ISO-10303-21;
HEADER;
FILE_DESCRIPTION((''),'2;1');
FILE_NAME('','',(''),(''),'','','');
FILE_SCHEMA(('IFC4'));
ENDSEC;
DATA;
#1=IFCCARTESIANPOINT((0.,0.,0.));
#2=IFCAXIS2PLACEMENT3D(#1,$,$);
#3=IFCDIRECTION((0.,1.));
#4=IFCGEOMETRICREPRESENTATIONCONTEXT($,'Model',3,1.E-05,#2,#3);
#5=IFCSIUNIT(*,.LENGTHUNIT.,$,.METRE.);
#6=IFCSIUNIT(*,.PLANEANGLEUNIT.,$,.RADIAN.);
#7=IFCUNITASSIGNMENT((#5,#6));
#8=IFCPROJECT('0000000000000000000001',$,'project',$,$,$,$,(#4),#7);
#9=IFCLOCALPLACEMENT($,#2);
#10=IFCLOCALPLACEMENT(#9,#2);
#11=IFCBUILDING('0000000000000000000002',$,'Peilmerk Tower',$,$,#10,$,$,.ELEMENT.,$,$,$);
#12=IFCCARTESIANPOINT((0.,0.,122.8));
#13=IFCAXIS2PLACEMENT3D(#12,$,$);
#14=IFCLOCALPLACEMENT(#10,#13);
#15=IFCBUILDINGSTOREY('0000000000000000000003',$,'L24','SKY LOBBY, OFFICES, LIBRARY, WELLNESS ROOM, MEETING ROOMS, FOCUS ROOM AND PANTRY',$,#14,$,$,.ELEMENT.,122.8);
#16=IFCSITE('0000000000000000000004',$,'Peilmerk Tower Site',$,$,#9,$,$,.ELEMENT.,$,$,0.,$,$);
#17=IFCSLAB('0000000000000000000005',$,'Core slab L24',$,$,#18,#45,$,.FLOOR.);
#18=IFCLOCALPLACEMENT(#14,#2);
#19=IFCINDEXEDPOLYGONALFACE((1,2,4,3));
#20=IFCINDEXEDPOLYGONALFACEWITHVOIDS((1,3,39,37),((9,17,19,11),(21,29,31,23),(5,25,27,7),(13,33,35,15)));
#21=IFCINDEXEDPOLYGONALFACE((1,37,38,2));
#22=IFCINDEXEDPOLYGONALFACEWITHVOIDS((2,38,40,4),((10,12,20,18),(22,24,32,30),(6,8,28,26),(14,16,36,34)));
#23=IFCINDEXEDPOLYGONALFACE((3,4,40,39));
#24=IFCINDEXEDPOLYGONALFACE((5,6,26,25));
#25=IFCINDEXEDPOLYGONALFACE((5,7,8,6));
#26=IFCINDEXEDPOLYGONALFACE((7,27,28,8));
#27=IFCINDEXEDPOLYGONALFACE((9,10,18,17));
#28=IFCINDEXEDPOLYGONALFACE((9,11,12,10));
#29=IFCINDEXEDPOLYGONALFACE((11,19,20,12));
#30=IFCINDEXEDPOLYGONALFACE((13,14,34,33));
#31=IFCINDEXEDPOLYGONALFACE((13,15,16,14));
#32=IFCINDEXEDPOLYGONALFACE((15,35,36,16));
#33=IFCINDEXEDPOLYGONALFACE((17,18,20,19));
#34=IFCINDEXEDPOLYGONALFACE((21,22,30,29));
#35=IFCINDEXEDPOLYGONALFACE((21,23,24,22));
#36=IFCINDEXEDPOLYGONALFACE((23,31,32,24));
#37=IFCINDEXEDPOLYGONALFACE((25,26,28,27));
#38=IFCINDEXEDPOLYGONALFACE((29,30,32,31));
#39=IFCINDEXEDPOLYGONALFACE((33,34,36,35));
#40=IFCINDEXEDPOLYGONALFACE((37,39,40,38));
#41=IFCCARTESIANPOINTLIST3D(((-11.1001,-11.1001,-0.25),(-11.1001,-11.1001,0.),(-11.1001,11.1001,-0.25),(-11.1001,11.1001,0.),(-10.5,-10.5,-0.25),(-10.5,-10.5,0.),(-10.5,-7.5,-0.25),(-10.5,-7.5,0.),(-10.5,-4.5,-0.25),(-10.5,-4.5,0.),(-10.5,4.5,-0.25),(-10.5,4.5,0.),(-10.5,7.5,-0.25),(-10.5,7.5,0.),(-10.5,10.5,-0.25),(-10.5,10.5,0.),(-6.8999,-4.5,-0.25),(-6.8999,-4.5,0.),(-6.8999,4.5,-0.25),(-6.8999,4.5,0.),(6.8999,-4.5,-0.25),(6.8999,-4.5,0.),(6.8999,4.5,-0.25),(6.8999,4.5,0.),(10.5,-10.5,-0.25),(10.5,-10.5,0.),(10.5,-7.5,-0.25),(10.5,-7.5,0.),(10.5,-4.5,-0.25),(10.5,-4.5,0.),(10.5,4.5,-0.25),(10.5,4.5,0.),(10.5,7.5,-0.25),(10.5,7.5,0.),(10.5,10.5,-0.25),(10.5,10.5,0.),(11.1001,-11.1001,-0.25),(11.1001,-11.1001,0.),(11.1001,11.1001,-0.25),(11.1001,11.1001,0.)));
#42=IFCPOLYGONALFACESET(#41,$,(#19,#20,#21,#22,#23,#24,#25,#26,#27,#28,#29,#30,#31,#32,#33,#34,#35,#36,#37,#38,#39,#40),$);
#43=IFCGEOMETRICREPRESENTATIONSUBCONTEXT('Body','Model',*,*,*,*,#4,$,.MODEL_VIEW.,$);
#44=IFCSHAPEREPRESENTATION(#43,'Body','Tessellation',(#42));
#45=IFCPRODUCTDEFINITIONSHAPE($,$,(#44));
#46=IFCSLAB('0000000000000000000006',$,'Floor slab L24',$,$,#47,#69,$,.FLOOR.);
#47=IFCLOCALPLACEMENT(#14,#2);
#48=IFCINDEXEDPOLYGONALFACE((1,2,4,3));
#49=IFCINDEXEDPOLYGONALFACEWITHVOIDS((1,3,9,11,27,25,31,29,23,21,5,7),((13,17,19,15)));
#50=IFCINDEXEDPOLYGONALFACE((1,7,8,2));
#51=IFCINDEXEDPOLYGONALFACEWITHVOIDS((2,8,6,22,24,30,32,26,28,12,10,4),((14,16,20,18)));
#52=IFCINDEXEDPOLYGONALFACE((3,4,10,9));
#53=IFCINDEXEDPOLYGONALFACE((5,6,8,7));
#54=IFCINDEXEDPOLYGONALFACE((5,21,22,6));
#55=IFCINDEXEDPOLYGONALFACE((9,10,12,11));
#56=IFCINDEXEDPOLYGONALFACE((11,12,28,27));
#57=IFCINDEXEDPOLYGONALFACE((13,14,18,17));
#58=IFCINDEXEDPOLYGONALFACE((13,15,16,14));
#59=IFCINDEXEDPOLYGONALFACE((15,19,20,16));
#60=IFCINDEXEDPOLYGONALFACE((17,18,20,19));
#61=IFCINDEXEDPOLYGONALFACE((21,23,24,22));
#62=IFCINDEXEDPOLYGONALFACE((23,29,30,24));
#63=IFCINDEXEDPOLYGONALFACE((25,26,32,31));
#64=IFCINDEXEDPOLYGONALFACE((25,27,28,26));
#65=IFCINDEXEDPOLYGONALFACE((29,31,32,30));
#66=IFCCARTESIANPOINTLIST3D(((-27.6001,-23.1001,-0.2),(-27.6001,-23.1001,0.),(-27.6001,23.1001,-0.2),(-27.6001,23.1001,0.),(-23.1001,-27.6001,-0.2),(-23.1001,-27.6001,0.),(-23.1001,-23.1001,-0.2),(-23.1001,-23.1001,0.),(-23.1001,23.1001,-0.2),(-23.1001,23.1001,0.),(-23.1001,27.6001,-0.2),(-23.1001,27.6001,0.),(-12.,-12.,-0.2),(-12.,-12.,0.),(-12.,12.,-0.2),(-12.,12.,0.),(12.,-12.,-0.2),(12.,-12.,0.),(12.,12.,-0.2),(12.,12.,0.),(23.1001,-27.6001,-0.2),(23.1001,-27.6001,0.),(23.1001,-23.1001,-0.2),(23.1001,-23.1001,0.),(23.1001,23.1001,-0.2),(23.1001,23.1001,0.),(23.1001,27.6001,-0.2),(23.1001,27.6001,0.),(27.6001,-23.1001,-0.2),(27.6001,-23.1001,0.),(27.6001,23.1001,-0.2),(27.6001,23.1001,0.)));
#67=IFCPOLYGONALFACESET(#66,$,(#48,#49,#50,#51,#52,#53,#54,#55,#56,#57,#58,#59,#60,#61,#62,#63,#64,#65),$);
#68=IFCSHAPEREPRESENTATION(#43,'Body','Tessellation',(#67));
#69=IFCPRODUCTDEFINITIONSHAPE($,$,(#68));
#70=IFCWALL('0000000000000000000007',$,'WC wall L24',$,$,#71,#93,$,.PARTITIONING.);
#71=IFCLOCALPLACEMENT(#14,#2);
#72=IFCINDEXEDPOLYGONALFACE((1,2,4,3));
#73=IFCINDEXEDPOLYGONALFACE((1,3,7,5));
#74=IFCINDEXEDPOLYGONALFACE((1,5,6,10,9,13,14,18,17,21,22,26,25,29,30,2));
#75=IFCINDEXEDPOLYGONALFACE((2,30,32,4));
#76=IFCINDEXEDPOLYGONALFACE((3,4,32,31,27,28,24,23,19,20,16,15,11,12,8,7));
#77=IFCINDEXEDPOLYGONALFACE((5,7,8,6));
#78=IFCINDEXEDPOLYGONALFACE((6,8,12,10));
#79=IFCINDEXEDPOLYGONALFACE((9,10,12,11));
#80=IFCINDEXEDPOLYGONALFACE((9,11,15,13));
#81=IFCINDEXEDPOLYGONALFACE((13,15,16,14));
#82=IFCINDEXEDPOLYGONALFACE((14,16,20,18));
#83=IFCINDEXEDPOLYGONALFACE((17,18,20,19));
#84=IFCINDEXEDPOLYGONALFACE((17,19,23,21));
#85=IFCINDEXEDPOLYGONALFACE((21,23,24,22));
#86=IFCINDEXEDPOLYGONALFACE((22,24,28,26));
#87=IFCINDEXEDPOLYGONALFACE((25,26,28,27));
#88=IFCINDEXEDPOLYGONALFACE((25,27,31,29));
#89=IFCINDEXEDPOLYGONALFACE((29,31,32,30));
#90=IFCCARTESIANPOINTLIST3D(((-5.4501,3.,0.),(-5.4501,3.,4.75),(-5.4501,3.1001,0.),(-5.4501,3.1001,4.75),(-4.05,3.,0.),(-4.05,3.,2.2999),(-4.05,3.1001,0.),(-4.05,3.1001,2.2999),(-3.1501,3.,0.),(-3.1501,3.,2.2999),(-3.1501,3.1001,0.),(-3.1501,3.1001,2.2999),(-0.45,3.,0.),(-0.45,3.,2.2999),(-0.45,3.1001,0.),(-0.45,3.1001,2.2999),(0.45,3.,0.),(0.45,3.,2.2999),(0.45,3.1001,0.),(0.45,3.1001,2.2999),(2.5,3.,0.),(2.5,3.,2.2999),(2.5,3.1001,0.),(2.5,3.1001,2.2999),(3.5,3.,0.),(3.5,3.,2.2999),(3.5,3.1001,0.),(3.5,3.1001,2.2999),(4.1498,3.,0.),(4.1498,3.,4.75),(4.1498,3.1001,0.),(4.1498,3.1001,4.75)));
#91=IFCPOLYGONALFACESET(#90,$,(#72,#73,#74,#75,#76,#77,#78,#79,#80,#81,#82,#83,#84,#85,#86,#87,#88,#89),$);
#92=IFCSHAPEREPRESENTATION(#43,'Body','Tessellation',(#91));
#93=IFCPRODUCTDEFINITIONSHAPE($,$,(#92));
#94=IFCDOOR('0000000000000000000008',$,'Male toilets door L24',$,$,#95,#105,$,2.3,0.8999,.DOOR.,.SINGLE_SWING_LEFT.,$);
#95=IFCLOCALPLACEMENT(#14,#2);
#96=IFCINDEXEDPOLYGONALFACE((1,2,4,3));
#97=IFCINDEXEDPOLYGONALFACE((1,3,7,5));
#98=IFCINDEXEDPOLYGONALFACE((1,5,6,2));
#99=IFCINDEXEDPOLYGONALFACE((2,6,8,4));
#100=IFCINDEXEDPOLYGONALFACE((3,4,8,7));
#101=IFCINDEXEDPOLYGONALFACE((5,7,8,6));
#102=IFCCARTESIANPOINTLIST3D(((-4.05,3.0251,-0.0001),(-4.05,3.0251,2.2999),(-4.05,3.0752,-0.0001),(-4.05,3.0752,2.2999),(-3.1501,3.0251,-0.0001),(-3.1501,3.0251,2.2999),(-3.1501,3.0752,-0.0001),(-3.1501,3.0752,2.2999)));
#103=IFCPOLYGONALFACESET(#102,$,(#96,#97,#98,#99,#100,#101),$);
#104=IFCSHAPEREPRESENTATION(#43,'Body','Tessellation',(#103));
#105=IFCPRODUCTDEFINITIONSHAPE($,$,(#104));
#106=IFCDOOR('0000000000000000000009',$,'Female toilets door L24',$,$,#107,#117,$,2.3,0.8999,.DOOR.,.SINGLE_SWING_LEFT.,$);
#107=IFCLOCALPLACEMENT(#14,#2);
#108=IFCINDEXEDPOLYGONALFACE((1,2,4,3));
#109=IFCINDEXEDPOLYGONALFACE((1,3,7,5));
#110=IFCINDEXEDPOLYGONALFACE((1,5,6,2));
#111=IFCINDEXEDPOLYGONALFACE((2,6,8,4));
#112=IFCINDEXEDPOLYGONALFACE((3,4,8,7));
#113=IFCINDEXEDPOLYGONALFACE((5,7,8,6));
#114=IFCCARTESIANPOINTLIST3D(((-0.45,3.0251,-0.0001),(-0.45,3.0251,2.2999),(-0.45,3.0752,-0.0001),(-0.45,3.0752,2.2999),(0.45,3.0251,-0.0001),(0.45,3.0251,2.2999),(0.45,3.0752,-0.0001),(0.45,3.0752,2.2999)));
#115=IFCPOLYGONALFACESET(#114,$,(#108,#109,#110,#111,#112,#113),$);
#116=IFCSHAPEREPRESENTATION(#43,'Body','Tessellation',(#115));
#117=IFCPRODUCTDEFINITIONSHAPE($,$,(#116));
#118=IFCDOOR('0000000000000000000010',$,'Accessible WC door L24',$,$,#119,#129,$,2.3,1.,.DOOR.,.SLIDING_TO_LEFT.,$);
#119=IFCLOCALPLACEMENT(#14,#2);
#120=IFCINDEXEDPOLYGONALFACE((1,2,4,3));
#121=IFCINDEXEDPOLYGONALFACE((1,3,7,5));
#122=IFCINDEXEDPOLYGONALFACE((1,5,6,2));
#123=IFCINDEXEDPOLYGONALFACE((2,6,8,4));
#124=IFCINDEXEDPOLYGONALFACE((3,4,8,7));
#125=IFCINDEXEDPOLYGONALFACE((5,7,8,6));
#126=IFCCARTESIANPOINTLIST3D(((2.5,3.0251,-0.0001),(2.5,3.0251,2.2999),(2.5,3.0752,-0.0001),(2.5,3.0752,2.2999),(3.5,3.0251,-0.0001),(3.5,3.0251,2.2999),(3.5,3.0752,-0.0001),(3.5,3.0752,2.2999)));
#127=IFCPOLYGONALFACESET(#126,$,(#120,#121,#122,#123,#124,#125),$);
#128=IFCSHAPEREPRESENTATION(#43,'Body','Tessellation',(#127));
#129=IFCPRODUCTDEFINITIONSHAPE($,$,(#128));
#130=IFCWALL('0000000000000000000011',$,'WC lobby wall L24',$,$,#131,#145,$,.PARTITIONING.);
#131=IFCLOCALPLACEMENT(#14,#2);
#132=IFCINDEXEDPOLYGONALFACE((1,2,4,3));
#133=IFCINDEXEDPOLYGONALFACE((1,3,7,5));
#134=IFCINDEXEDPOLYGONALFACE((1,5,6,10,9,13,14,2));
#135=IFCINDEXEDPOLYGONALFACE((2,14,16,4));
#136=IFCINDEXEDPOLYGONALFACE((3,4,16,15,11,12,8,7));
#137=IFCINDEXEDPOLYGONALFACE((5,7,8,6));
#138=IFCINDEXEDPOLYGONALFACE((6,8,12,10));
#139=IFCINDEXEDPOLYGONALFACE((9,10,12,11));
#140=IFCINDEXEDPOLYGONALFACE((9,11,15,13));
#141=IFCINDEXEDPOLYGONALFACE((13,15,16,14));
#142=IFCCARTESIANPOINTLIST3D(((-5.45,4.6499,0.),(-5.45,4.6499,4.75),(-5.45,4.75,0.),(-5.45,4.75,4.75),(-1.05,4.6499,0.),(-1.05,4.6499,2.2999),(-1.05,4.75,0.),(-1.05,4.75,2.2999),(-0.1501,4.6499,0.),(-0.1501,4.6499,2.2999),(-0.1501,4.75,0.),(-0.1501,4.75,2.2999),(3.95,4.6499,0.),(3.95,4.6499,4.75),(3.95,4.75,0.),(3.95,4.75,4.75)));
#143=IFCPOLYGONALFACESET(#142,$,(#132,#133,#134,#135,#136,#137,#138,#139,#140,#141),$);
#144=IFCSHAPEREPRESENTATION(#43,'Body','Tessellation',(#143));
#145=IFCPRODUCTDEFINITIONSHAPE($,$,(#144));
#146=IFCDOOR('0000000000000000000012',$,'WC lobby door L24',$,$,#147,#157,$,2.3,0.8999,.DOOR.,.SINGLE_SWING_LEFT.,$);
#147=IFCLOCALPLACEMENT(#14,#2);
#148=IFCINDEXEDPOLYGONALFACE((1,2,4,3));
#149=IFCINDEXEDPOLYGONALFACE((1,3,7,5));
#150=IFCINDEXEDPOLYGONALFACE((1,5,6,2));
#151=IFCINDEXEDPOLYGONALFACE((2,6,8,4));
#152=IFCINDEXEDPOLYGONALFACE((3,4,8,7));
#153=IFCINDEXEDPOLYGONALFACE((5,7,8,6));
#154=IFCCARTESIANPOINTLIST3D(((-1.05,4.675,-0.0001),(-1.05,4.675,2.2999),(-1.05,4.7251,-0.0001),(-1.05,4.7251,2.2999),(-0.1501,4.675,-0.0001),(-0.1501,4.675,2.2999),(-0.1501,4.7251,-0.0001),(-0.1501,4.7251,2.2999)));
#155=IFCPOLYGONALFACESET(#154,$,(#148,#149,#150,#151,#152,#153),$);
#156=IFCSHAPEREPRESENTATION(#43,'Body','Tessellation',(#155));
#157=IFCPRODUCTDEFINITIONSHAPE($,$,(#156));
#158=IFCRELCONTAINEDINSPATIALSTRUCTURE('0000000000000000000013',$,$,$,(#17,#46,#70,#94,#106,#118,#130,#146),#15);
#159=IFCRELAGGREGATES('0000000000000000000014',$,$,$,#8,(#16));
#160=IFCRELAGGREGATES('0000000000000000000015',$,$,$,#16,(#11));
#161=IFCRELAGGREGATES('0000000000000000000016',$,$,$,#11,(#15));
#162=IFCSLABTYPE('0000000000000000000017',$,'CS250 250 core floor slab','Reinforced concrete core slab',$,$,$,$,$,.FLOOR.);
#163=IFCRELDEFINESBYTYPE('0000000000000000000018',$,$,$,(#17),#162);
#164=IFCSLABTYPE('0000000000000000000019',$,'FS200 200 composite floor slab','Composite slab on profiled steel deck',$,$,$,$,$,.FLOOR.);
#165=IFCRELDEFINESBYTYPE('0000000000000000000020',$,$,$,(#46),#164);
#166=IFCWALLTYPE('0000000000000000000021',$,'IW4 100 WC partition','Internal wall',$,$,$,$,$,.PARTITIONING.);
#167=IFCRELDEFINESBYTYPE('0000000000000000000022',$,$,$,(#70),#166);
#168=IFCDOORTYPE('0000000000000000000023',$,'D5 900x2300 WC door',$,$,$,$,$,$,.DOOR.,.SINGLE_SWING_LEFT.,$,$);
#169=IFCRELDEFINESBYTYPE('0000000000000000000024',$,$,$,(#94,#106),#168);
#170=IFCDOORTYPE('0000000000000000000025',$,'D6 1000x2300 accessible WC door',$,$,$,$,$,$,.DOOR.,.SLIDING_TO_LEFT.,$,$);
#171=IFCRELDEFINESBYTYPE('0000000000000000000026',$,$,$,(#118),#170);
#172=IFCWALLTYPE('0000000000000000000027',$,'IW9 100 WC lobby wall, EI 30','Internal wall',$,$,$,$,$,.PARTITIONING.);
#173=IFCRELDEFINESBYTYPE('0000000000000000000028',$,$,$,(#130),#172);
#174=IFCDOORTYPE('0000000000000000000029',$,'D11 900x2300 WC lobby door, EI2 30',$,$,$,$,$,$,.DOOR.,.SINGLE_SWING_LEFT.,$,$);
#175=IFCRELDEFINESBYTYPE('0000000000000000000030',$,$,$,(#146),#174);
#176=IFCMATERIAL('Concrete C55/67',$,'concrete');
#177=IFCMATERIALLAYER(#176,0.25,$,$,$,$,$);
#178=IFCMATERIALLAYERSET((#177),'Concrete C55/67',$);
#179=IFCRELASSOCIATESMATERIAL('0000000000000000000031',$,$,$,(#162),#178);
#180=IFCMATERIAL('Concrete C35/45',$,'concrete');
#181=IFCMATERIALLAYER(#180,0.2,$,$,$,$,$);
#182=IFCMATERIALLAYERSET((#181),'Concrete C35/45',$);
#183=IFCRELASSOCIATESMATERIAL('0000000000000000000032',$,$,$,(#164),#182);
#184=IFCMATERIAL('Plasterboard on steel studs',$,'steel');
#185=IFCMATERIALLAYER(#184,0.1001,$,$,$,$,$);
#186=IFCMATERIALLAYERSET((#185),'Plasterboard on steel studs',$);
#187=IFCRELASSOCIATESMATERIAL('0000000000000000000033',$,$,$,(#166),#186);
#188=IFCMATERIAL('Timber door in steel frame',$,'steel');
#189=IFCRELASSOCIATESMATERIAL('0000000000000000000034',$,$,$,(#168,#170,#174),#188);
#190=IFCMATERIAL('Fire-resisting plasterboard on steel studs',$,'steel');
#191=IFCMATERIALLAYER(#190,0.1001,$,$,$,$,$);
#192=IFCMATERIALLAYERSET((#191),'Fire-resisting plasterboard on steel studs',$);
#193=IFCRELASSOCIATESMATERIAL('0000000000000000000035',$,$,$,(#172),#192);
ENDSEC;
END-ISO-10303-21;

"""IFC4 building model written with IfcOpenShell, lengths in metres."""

from ifc_helpers import new_model, si_unit, direction, frame, frame_2d, origin, place, context, subcontext, project, spatial, polyline, rectangle, outline, extrude, material, layer, layer_set, type_object, element, fill, save


model = new_model("IFC4")

# Units and contexts
model_context = context("Model", 3, precision=1e-05, world=origin(), true_north=direction((0.0, 1.0)))
body_context = subcontext(model_context, "Body", "Model", "MODEL_VIEW")
ifc_project = project(units=[si_unit("LENGTHUNIT", "METRE"), si_unit("PLANEANGLEUNIT", "RADIAN")], contexts=[model_context])

# Site, building, storey
site_placement = place(None, origin())
site = spatial("IfcSite", under=ifc_project, at=site_placement, Name="Peilmerk Tower Site", CompositionType="ELEMENT", RefElevation=0.0)
building_placement = place(site_placement, origin())
building = spatial("IfcBuilding", under=site, at=building_placement, Name="Peilmerk Tower", CompositionType="ELEMENT")
storey_placement = place(building_placement, frame((0.0, 0.0, 122.8)))
storey = spatial("IfcBuildingStorey", under=building, at=storey_placement, Name="L24", Description="SKY LOBBY, OFFICES, LIBRARY, WELLNESS ROOM, MEETING ROOMS, FOCUS ROOM AND PANTRY", CompositionType="ELEMENT", Elevation=122.8)

# Slabs
ifc_material_1 = material(Name="Concrete C55/67", Category="concrete")
ifc_layer_1 = layer(ifc_material_1, 0.25)
ifc_layer_set_1 = layer_set([ifc_layer_1], Name="Concrete C55/67")
slab_type_1 = type_object("IfcSlabType", Name="CS250 250 core floor slab", Description="Reinforced concrete core slab", PredefinedType="FLOOR", material=ifc_layer_set_1)
slab_1_placement = place(storey_placement, frame((0.0, 0.0, -0.25)))
element("IfcSlab", 1, at=slab_1_placement, inside=storey, type_object=slab_type_1, Name="Core slab L24", PredefinedType="FLOOR", context=body_context, shape_type="SweptSolid", body=[
    extrude(outline(polyline([(-11.1001, -11.1001), (11.1001, -11.1001), (11.1001, 11.1001), (-11.1001, 11.1001), (-11.1001, -11.1001)]), holes=[polyline([(10.5, 10.5), (10.5, 7.5), (-10.5, 7.5), (-10.5, 10.5), (10.5, 10.5)]), polyline([(-10.5, -10.5), (-10.5, -7.5), (10.5, -7.5), (10.5, -10.5), (-10.5, -10.5)]), polyline([(-10.5, 4.5), (-6.8999, 4.5), (-6.8999, -4.5), (-10.5, -4.5), (-10.5, 4.5)]), polyline([(10.5, 4.5), (10.5, -4.5), (6.8999, -4.5), (6.8999, 4.5), (10.5, 4.5)])]), origin(), (0.0, 0.0, 1.0), 0.25),
])
ifc_material_2 = material(Name="Concrete C35/45", Category="concrete")
ifc_layer_2 = layer(ifc_material_2, 0.2)
ifc_layer_set_2 = layer_set([ifc_layer_2], Name="Concrete C35/45")
slab_type_2 = type_object("IfcSlabType", Name="FS200 200 composite floor slab", Description="Composite slab on profiled steel deck", PredefinedType="FLOOR", material=ifc_layer_set_2)
slab_2_placement = place(storey_placement, frame((0.0, 0.0, -0.2)))
element("IfcSlab", 2, at=slab_2_placement, inside=storey, type_object=slab_type_2, Name="Floor slab L24", PredefinedType="FLOOR", context=body_context, shape_type="SweptSolid", body=[
    extrude(outline(polyline([(-23.1001, -27.6001), (23.1001, -27.6001), (23.1001, -23.1001), (27.6001, -23.1001), (27.6001, 23.1001), (23.1001, 23.1001), (23.1001, 27.6001), (-23.1001, 27.6001), (-23.1001, 23.1001), (-27.6001, 23.1001), (-27.6001, -23.1001), (-23.1001, -23.1001), (-23.1001, -27.6001)]), holes=[polyline([(12.0, 12.0), (12.0, -12.0), (-12.0, -12.0), (-12.0, 12.0), (12.0, 12.0)])]), origin(), (0.0, 0.0, 1.0), 0.2),
])

# Wall, openings, doors
ifc_material_3 = material(Name="Plasterboard on steel studs", Category="steel")
ifc_layer_3 = layer(ifc_material_3, 0.1001)
ifc_layer_set_3 = layer_set([ifc_layer_3], Name="Plasterboard on steel studs")
wall_type_1 = type_object("IfcWallType", Name="IW4 100 WC partition", Description="Internal wall", PredefinedType="PARTITIONING", material=ifc_layer_set_3)
wall_1_placement = place(storey_placement, frame((-5.45, 3.05, 0.0), z_axis=(0.0, 0.0, 1.0), x_axis=(1.0, 0.0, 0.0)))
wall_1 = element("IfcWall", 3, at=wall_1_placement, inside=storey, type_object=wall_type_1, Name="WC wall L24", PredefinedType="PARTITIONING", context=body_context, shape_type="SweptSolid", body=[
    extrude(rectangle(XDim=9.5999, YDim=0.1001, at=frame_2d((4.7998, 0.0))), origin(), (0.0, 0.0, 1.0), 4.75),
])
opening_1_placement = place(wall_1_placement, frame((1.3999, 0.0, 0.0)))
opening_1 = element("IfcOpeningElement", 4, at=opening_1_placement, cuts=wall_1, PredefinedType="OPENING", context=body_context, shape_type="SweptSolid", body=[
    extrude(rectangle(XDim=0.8999, YDim=2.3, at=frame_2d((0.45, 1.1499))), frame((0.0, 0.0601, 0.0), z_axis=(0.0, -1.0, 0.0), x_axis=(1.0, 0.0, 0.0)), (0.0, 0.0, 1.0), 0.1201),
])
opening_2_placement = place(wall_1_placement, frame((5.0, 0.0, 0.0)))
opening_2 = element("IfcOpeningElement", 5, at=opening_2_placement, cuts=wall_1, PredefinedType="OPENING", context=body_context, shape_type="SweptSolid", body=[
    extrude(rectangle(XDim=0.8999, YDim=2.3, at=frame_2d((0.45, 1.1499))), frame((0.0, 0.0601, 0.0), z_axis=(0.0, -1.0, 0.0), x_axis=(1.0, 0.0, 0.0)), (0.0, 0.0, 1.0), 0.1201),
])
opening_3_placement = place(wall_1_placement, frame((7.95, 0.0, 0.0)))
opening_3 = element("IfcOpeningElement", 6, at=opening_3_placement, cuts=wall_1, PredefinedType="OPENING", context=body_context, shape_type="SweptSolid", body=[
    extrude(rectangle(XDim=1.0, YDim=2.3, at=frame_2d((0.5, 1.1499))), frame((0.0, 0.0601, 0.0), z_axis=(0.0, -1.0, 0.0), x_axis=(1.0, 0.0, 0.0)), (0.0, 0.0, 1.0), 0.1201),
])
ifc_material_4 = material(Name="Timber door in steel frame", Category="steel")
door_type_1 = type_object("IfcDoorType", Name="D5 900x2300 WC door", OperationType="SINGLE_SWING_LEFT", PredefinedType="DOOR", material=ifc_material_4)
door_1_placement = place(opening_1_placement, frame((0.8999, 0.0, 0.0), z_axis=(0.0, 0.0, 1.0), x_axis=(-1.0, 0.0, 0.0)))
door_1 = element("IfcDoor", 7, at=door_1_placement, inside=storey, type_object=door_type_1, Name="Male toilets door L24", OperationType="SINGLE_SWING_LEFT", OverallHeight=2.3, OverallWidth=0.8999, PredefinedType="DOOR", context=body_context, shape_type="SweptSolid", body=[
    extrude(rectangle(XDim=0.8999, YDim=2.3, at=frame_2d((0.45, 1.1499))), frame((0.0, 0.0249, 0.0), z_axis=(0.0, -1.0, 0.0), x_axis=(1.0, 0.0, 0.0)), (0.0, 0.0, 1.0), 0.05),
])
fill(opening_1, door_1)
door_2_placement = place(opening_2_placement, frame((0.8999, 0.0, 0.0), z_axis=(0.0, 0.0, 1.0), x_axis=(-1.0, 0.0, 0.0)))
door_2 = element("IfcDoor", 8, at=door_2_placement, inside=storey, type_object=door_type_1, Name="Female toilets door L24", OperationType="SINGLE_SWING_LEFT", OverallHeight=2.3, OverallWidth=0.8999, PredefinedType="DOOR", context=body_context, shape_type="SweptSolid", body=[
    extrude(rectangle(XDim=0.8999, YDim=2.3, at=frame_2d((0.45, 1.1499))), frame((0.0, 0.0249, 0.0), z_axis=(0.0, -1.0, 0.0), x_axis=(1.0, 0.0, 0.0)), (0.0, 0.0, 1.0), 0.05),
])
fill(opening_2, door_2)
door_type_2 = type_object("IfcDoorType", Name="D6 1000x2300 accessible WC door", OperationType="SLIDING_TO_LEFT", PredefinedType="DOOR", material=ifc_material_4)
door_3_placement = place(opening_3_placement, frame((1.0, 0.0, 0.0), z_axis=(0.0, 0.0, 1.0), x_axis=(-1.0, 0.0, 0.0)))
door_3 = element("IfcDoor", 9, at=door_3_placement, inside=storey, type_object=door_type_2, Name="Accessible WC door L24", OperationType="SLIDING_TO_LEFT", OverallHeight=2.3, OverallWidth=1.0, PredefinedType="DOOR", context=body_context, shape_type="SweptSolid", body=[
    extrude(rectangle(XDim=1.0, YDim=2.3, at=frame_2d((0.5, 1.1499))), frame((0.0, 0.0249, 0.0), z_axis=(0.0, -1.0, 0.0), x_axis=(1.0, 0.0, 0.0)), (0.0, 0.0, 1.0), 0.05),
])
fill(opening_3, door_3)

# Wall, opening, door
ifc_material_5 = material(Name="Fire-resisting plasterboard on steel studs", Category="steel")
ifc_layer_4 = layer(ifc_material_5, 0.1001)
ifc_layer_set_4 = layer_set([ifc_layer_4], Name="Fire-resisting plasterboard on steel studs")
wall_type_2 = type_object("IfcWallType", Name="IW9 100 WC lobby wall, EI 30", Description="Internal wall", PredefinedType="PARTITIONING", material=ifc_layer_set_4)
wall_2_placement = place(storey_placement, frame((-5.45, 4.7, 0.0), z_axis=(0.0, 0.0, 1.0), x_axis=(1.0, 0.0, 0.0)))
wall_2 = element("IfcWall", 10, at=wall_2_placement, inside=storey, type_object=wall_type_2, Name="WC lobby wall L24", PredefinedType="PARTITIONING", context=body_context, shape_type="SweptSolid", body=[
    extrude(rectangle(XDim=9.3999, YDim=0.1001, at=frame_2d((4.7, 0.0))), origin(), (0.0, 0.0, 1.0), 4.75),
])
opening_4_placement = place(wall_2_placement, frame((4.3999, 0.0, 0.0)))
opening_4 = element("IfcOpeningElement", 11, at=opening_4_placement, cuts=wall_2, PredefinedType="OPENING", context=body_context, shape_type="SweptSolid", body=[
    extrude(rectangle(XDim=0.8999, YDim=2.3, at=frame_2d((0.45, 1.1499))), frame((0.0, 0.0601, 0.0), z_axis=(0.0, -1.0, 0.0), x_axis=(1.0, 0.0, 0.0)), (0.0, 0.0, 1.0), 0.1201),
])
door_type_3 = type_object("IfcDoorType", Name="D11 900x2300 WC lobby door, EI2 30", OperationType="SINGLE_SWING_LEFT", PredefinedType="DOOR", material=ifc_material_4)
door_4_placement = place(opening_4_placement, frame((0.8999, 0.0, 0.0), z_axis=(0.0, 0.0, 1.0), x_axis=(-1.0, 0.0, 0.0)))
door_4 = element("IfcDoor", 12, at=door_4_placement, inside=storey, type_object=door_type_3, Name="WC lobby door L24", OperationType="SINGLE_SWING_LEFT", OverallHeight=2.3, OverallWidth=0.8999, PredefinedType="DOOR", context=body_context, shape_type="SweptSolid", body=[
    extrude(rectangle(XDim=0.8999, YDim=2.3, at=frame_2d((0.45, 1.1499))), frame((0.0, 0.0249, 0.0), z_axis=(0.0, -1.0, 0.0), x_axis=(1.0, 0.0, 0.0)), (0.0, 0.0, 1.0), 0.05),
])
fill(opening_4, door_4)

save(model, "model.ifc")
